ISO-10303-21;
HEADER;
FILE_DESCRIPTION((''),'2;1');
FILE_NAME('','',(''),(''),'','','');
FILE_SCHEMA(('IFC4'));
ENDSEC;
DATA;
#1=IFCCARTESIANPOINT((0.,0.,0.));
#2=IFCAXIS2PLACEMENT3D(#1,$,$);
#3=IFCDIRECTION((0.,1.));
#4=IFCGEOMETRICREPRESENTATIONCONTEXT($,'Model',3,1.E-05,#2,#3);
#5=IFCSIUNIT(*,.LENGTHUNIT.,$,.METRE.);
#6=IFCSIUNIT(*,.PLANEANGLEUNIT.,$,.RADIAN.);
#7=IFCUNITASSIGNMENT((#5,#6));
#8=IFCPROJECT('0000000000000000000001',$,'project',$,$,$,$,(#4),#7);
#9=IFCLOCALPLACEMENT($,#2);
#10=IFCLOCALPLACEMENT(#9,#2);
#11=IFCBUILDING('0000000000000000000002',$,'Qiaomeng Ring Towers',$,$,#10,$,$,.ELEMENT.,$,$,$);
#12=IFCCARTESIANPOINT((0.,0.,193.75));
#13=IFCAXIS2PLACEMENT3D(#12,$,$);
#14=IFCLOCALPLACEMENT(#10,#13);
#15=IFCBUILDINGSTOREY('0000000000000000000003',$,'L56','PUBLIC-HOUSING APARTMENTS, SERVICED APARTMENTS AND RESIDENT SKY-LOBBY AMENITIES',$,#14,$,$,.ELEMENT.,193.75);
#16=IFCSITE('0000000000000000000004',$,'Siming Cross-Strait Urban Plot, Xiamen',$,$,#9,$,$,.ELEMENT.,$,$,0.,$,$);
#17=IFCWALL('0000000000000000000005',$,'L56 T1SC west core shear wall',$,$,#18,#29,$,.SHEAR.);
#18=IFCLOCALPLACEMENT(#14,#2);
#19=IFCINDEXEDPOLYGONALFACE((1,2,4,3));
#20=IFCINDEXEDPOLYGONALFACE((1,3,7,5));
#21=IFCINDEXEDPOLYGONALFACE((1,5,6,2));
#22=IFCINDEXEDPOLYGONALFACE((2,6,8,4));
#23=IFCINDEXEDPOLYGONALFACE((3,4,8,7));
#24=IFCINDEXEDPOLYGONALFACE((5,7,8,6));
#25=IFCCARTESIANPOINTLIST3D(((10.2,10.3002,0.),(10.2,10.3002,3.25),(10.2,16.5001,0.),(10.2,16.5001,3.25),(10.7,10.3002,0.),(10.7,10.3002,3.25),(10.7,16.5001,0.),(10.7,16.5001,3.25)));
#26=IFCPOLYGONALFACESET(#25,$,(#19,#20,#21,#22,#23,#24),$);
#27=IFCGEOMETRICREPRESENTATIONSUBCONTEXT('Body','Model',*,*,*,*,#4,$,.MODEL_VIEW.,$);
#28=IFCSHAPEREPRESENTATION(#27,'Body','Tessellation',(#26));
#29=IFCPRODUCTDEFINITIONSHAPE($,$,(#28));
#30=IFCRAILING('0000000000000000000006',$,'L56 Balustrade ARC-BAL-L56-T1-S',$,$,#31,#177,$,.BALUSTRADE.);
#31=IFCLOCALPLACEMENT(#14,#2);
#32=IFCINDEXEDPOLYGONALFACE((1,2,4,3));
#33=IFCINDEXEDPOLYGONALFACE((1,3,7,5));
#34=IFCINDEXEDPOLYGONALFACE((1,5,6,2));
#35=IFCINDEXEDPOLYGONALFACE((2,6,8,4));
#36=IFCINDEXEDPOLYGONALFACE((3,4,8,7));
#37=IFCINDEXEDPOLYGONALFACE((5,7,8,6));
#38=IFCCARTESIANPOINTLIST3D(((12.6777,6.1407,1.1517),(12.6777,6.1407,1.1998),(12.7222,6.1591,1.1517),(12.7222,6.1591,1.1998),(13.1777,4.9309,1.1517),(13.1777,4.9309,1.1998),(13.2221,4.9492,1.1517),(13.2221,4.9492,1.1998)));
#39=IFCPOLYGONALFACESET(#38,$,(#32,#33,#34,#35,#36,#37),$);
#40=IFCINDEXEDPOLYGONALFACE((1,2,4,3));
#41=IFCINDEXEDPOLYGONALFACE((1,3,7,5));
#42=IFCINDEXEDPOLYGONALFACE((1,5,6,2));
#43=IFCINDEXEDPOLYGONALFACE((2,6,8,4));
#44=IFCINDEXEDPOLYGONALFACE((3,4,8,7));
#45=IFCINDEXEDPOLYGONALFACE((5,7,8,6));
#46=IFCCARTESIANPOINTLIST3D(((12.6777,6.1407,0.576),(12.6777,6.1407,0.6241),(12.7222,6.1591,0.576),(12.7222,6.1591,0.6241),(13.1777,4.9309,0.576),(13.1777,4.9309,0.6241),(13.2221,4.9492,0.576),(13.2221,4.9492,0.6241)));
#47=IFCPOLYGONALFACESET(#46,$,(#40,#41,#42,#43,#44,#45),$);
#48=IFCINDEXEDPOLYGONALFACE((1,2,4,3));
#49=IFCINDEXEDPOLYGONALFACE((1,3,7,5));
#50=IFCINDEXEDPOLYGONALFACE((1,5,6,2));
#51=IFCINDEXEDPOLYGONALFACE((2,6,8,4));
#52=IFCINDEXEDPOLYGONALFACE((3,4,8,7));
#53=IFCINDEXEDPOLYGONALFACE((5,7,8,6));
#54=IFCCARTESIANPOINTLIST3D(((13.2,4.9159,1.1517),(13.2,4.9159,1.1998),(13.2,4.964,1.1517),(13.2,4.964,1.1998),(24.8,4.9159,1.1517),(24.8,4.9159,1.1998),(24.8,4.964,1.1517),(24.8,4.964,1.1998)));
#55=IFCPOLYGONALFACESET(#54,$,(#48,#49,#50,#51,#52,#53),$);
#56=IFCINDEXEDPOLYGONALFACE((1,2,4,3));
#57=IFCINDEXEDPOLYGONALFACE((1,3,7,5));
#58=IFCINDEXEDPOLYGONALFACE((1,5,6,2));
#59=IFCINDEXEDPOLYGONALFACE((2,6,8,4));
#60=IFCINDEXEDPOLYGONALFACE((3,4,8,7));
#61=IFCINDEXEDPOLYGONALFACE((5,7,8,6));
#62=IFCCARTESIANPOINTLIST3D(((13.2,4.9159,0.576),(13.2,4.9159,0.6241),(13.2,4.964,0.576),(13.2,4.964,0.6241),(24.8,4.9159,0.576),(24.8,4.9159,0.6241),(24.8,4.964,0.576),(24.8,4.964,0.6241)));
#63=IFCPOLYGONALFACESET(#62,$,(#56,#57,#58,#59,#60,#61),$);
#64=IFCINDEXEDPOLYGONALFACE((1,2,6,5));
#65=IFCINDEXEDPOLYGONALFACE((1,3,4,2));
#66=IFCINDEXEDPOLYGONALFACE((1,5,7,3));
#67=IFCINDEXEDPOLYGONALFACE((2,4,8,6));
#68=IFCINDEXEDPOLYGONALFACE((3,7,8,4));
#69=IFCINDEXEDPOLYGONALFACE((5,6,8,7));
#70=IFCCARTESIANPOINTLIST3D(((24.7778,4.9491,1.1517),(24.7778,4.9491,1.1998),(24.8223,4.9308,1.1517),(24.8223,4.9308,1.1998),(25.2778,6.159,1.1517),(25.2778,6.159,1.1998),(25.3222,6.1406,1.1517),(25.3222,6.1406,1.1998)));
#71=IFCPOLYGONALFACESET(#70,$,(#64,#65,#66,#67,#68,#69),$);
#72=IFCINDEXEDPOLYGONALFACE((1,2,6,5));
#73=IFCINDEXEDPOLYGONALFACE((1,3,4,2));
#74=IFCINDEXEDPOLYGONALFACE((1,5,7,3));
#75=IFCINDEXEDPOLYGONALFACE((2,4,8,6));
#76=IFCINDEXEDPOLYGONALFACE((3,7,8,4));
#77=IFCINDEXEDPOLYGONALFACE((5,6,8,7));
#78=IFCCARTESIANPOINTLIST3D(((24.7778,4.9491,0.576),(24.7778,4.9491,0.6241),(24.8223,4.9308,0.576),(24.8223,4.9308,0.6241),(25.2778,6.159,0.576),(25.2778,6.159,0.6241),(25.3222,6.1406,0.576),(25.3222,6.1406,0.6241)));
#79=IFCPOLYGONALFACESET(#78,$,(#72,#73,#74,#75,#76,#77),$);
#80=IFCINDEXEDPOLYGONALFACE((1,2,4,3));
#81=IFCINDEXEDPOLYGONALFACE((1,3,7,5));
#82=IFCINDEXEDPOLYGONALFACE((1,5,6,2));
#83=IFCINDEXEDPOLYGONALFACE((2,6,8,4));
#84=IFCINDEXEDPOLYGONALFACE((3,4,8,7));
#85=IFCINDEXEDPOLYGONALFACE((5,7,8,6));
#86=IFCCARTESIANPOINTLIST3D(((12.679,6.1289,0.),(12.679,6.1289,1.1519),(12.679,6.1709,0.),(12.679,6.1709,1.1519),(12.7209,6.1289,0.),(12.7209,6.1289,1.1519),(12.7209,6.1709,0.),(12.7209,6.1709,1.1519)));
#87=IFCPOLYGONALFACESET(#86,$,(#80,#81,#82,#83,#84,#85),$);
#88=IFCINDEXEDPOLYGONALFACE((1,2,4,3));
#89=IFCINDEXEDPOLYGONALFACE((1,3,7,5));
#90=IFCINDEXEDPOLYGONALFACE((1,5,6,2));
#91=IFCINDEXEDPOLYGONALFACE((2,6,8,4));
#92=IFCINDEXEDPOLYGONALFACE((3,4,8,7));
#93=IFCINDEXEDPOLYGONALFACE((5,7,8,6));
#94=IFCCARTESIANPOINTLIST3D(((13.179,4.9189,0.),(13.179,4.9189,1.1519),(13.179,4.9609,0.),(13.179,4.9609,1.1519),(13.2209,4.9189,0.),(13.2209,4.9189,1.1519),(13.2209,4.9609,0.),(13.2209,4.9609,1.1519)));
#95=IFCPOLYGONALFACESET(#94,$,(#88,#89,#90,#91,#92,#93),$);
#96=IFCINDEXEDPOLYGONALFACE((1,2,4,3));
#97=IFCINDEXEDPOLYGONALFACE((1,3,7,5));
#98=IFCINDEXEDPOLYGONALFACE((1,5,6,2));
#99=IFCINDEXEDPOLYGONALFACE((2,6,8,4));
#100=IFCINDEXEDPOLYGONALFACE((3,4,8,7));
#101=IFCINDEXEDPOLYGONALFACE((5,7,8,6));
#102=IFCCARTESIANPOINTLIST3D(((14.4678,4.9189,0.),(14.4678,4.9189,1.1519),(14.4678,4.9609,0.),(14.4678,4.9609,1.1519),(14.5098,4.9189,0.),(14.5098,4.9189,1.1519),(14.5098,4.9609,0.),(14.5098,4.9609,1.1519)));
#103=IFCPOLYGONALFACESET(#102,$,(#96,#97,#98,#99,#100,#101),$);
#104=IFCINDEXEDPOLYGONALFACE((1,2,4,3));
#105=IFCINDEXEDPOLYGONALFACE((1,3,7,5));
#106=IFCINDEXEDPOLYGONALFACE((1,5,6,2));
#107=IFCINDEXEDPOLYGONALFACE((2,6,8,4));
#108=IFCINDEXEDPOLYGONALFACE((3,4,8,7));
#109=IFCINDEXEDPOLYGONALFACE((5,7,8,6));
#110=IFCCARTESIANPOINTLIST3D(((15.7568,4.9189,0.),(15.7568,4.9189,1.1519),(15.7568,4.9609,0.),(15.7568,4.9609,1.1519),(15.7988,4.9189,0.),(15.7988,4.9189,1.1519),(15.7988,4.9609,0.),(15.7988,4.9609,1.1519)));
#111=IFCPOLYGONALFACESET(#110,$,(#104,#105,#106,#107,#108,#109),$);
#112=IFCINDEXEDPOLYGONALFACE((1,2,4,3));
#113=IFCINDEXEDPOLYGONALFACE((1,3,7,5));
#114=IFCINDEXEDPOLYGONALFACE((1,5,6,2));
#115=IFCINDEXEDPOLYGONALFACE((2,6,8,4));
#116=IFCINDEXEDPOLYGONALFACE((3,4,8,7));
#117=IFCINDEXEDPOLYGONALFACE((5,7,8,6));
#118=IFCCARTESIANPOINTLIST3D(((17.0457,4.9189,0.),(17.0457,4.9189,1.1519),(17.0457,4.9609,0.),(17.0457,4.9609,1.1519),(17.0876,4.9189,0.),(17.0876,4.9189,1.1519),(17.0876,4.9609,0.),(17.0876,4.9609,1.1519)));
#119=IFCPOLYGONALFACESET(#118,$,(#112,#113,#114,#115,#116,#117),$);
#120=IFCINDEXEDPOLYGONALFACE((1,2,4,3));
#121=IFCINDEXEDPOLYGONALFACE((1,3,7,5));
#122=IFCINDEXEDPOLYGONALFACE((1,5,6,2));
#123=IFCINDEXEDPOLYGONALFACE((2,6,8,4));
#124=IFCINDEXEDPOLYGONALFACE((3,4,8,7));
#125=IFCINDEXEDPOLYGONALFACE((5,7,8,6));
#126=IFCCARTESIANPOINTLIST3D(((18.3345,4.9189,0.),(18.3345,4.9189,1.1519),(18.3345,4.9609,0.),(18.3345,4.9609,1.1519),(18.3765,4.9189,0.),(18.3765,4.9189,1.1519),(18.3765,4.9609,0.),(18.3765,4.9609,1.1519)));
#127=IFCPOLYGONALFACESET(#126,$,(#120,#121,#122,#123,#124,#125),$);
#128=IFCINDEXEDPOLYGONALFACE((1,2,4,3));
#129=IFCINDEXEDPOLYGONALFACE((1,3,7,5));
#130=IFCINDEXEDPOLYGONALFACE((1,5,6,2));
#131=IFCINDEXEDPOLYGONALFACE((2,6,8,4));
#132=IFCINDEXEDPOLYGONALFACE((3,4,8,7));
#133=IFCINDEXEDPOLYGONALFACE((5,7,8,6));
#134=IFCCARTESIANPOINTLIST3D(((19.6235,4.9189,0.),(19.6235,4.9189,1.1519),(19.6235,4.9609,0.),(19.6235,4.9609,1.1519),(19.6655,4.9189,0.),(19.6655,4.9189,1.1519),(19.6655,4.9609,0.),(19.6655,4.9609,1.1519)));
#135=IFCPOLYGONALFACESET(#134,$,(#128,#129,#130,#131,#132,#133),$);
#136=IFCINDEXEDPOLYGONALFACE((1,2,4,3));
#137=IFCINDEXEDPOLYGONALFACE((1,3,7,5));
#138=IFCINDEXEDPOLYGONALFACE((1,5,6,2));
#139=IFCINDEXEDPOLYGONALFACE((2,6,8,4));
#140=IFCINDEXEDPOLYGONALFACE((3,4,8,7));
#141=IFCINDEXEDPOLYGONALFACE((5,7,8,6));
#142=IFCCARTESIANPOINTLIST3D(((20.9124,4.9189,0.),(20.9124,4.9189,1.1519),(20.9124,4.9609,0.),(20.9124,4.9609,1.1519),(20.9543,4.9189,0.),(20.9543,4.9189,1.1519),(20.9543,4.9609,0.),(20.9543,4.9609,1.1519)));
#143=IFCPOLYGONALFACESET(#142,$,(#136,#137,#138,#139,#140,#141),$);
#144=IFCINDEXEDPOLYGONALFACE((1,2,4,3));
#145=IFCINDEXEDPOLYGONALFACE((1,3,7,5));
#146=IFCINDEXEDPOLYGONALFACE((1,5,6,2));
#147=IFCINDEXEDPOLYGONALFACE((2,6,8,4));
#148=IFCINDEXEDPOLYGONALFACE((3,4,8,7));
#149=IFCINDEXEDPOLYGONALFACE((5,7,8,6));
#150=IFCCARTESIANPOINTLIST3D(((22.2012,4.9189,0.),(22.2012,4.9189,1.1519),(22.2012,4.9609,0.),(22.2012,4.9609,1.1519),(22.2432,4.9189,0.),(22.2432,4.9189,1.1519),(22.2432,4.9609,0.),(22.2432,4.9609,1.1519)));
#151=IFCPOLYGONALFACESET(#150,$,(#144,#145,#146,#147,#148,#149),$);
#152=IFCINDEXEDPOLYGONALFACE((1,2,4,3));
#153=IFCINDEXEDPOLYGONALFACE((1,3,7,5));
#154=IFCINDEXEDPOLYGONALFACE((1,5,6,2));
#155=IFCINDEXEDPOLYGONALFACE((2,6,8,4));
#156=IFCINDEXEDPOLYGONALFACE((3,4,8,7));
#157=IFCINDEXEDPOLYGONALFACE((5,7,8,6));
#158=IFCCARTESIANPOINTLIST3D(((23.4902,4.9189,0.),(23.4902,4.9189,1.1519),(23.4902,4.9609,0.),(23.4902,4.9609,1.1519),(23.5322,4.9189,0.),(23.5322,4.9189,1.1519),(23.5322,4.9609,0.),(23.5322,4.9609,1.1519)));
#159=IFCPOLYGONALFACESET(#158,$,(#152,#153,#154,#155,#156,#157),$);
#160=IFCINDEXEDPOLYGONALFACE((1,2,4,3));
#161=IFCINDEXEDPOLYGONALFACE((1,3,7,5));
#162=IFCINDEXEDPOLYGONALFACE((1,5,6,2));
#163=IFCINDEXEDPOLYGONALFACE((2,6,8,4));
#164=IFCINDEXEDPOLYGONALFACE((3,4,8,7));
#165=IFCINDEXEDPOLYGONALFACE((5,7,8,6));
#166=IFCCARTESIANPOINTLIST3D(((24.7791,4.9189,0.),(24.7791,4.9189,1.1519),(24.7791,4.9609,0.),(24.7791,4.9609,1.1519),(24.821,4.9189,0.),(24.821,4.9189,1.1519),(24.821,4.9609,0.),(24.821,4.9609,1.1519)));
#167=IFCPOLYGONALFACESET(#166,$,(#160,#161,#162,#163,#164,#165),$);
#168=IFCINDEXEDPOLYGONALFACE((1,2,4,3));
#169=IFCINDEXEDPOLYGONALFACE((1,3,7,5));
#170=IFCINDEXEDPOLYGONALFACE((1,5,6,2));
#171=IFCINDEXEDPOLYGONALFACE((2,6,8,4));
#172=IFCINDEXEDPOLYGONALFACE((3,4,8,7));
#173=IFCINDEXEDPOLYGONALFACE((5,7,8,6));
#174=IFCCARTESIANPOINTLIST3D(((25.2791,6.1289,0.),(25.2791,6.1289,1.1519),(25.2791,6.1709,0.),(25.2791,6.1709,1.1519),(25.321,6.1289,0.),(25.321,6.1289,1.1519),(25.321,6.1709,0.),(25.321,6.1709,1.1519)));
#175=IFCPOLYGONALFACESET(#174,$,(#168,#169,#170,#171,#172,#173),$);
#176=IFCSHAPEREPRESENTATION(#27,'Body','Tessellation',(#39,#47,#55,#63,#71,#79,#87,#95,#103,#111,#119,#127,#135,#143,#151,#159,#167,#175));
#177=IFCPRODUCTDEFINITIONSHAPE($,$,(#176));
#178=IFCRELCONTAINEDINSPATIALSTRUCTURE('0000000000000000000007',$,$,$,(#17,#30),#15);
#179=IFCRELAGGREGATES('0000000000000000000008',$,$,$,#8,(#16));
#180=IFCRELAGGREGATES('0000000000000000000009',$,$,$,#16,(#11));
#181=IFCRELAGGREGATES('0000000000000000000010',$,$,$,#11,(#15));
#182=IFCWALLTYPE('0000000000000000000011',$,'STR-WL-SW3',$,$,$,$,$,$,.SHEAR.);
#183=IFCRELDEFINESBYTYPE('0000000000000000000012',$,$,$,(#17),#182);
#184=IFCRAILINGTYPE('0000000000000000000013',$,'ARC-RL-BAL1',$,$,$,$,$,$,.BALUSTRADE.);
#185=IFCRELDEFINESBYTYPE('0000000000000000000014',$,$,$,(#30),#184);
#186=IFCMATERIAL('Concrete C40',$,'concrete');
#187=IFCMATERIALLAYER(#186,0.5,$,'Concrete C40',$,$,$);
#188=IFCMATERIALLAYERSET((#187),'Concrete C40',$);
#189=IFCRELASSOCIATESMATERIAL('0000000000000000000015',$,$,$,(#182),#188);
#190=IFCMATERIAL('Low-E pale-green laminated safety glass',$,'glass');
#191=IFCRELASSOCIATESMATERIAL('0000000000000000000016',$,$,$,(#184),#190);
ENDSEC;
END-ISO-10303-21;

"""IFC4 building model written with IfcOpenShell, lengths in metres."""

from ifc_helpers import new_model, si_unit, direction, frame, frame_2d, origin, origin_2d, place, context, subcontext, project, spatial, rectangle, extrude, material, layer, layer_set, type_object, element, save


model = new_model("IFC4")

# Units and contexts
model_context = context("Model", 3, precision=1e-05, world=origin(), true_north=direction((0.0, 1.0)))
body_context = subcontext(model_context, "Body", "Model", "MODEL_VIEW")
ifc_project = project(units=[si_unit("LENGTHUNIT", "METRE"), si_unit("PLANEANGLEUNIT", "RADIAN")], contexts=[model_context])

# Site, building, storey
site_placement = place(None, origin())
site = spatial("IfcSite", under=ifc_project, at=site_placement, Name="Siming Cross-Strait Urban Plot, Xiamen", CompositionType="ELEMENT", RefElevation=0.0)
building_placement = place(site_placement, origin())
building = spatial("IfcBuilding", under=site, at=building_placement, Name="Qiaomeng Ring Towers", CompositionType="ELEMENT")
storey_placement = place(building_placement, frame((0.0, 0.0, 193.75)))
storey = spatial("IfcBuildingStorey", under=building, at=storey_placement, Name="L56", Description="PUBLIC-HOUSING APARTMENTS, SERVICED APARTMENTS AND RESIDENT SKY-LOBBY AMENITIES", CompositionType="ELEMENT", Elevation=193.75)

# Shared definitions
ifc_material_1 = material(Name="Concrete C40", Category="concrete")

# Shared definitions
ifc_layer_1 = layer(ifc_material_1, 0.5, Name="Concrete C40")
ifc_layer_set_1 = layer_set([ifc_layer_1], Name="Concrete C40")
wall_type_1 = type_object("IfcWallType", Name="STR-WL-SW3", PredefinedType="SHEAR", material=ifc_layer_set_1)

# Wall
wall_1_placement = place(storey_placement, frame((10.45, 10.3, 0.0), z_axis=(0.0, 0.0, 1.0), x_axis=(0.0, 1.0, 0.0)))
element("IfcWall", 1, at=wall_1_placement, inside=storey, type_object=wall_type_1, Name="L56 T1SC west core shear wall", PredefinedType="SHEAR", context=body_context, shape_type="SweptSolid", body=[
    extrude(rectangle(XDim=6.2, YDim=0.5, at=frame_2d((3.1001, 0.0))), origin(), (0.0, 0.0, 1.0), 3.25),
])

# Railing
ifc_material_2 = material(Name="Low-E pale-green laminated safety glass", Category="glass")
railing_type = type_object("IfcRailingType", Name="ARC-RL-BAL1", PredefinedType="BALUSTRADE", material=ifc_material_2)
railing_placement = place(storey_placement, frame((12.7, 6.1499, 0.0)))
element("IfcRailing", 2, at=railing_placement, inside=storey, type_object=railing_type, Name="L56 Balustrade ARC-BAL-L56-T1-S", PredefinedType="BALUSTRADE", context=body_context, shape_type="SweptSolid", body=[
    extrude(rectangle(XDim=0.0481, YDim=0.0481, at=origin_2d()), frame((0.0, 0.0, 1.1758), z_axis=(0.381913, -0.924198, 0.0), x_axis=(0.924198, 0.381913, 0.0)), (0.0, 0.0, 1.0), 1.3091),
    extrude(rectangle(XDim=0.0481, YDim=0.0481, at=origin_2d()), frame((0.0, 0.0, 0.6001), z_axis=(0.381913, -0.924198, 0.0), x_axis=(0.924198, 0.381913, 0.0)), (0.0, 0.0, 1.0), 1.3091),
    extrude(rectangle(XDim=0.0481, YDim=0.0481, at=origin_2d()), frame((0.5, -1.21, 1.1758), z_axis=(1.0, 0.0, 0.0), x_axis=(0.0, 1.0, 0.0)), (0.0, 0.0, 1.0), 11.6001),
    extrude(rectangle(XDim=0.0481, YDim=0.0481, at=origin_2d()), frame((0.5, -1.21, 0.6001), z_axis=(1.0, 0.0, 0.0), x_axis=(0.0, 1.0, 0.0)), (0.0, 0.0, 1.0), 11.6001),
    extrude(rectangle(XDim=0.0481, YDim=0.0481, at=origin_2d()), frame((12.1001, -1.21, 1.1758), z_axis=(0.381913, 0.924198, 0.0), x_axis=(-0.924198, 0.381913, 0.0)), (0.0, 0.0, 1.0), 1.3091),
    extrude(rectangle(XDim=0.0481, YDim=0.0481, at=origin_2d()), frame((12.1001, -1.21, 0.6001), z_axis=(0.381913, 0.924198, 0.0), x_axis=(-0.924198, 0.381913, 0.0)), (0.0, 0.0, 1.0), 1.3091),
    extrude(rectangle(XDim=0.042, YDim=0.042, at=origin_2d()), origin(), (0.0, 0.0, 1.0), 1.1519),
    extrude(rectangle(XDim=0.042, YDim=0.042, at=origin_2d()), frame((0.5, -1.21, 0.0)), (0.0, 0.0, 1.0), 1.1519),
    extrude(rectangle(XDim=0.042, YDim=0.042, at=origin_2d()), frame((1.7888, -1.21, 0.0)), (0.0, 0.0, 1.0), 1.1519),
    extrude(rectangle(XDim=0.042, YDim=0.042, at=origin_2d()), frame((3.0779, -1.21, 0.0)), (0.0, 0.0, 1.0), 1.1519),
    extrude(rectangle(XDim=0.042, YDim=0.042, at=origin_2d()), frame((4.3667, -1.21, 0.0)), (0.0, 0.0, 1.0), 1.1519),
    extrude(rectangle(XDim=0.042, YDim=0.042, at=origin_2d()), frame((5.6555, -1.21, 0.0)), (0.0, 0.0, 1.0), 1.1519),
    extrude(rectangle(XDim=0.042, YDim=0.042, at=origin_2d()), frame((6.9446, -1.21, 0.0)), (0.0, 0.0, 1.0), 1.1519),
    extrude(rectangle(XDim=0.042, YDim=0.042, at=origin_2d()), frame((8.2334, -1.21, 0.0)), (0.0, 0.0, 1.0), 1.1519),
    extrude(rectangle(XDim=0.042, YDim=0.042, at=origin_2d()), frame((9.5222, -1.21, 0.0)), (0.0, 0.0, 1.0), 1.1519),
    extrude(rectangle(XDim=0.042, YDim=0.042, at=origin_2d()), frame((10.8113, -1.21, 0.0)), (0.0, 0.0, 1.0), 1.1519),
    extrude(rectangle(XDim=0.042, YDim=0.042, at=origin_2d()), frame((12.1001, -1.21, 0.0)), (0.0, 0.0, 1.0), 1.1519),
    extrude(rectangle(XDim=0.042, YDim=0.042, at=origin_2d()), frame((12.6001, 0.0, 0.0)), (0.0, 0.0, 1.0), 1.1519),
])

save(model, "model.ifc")
